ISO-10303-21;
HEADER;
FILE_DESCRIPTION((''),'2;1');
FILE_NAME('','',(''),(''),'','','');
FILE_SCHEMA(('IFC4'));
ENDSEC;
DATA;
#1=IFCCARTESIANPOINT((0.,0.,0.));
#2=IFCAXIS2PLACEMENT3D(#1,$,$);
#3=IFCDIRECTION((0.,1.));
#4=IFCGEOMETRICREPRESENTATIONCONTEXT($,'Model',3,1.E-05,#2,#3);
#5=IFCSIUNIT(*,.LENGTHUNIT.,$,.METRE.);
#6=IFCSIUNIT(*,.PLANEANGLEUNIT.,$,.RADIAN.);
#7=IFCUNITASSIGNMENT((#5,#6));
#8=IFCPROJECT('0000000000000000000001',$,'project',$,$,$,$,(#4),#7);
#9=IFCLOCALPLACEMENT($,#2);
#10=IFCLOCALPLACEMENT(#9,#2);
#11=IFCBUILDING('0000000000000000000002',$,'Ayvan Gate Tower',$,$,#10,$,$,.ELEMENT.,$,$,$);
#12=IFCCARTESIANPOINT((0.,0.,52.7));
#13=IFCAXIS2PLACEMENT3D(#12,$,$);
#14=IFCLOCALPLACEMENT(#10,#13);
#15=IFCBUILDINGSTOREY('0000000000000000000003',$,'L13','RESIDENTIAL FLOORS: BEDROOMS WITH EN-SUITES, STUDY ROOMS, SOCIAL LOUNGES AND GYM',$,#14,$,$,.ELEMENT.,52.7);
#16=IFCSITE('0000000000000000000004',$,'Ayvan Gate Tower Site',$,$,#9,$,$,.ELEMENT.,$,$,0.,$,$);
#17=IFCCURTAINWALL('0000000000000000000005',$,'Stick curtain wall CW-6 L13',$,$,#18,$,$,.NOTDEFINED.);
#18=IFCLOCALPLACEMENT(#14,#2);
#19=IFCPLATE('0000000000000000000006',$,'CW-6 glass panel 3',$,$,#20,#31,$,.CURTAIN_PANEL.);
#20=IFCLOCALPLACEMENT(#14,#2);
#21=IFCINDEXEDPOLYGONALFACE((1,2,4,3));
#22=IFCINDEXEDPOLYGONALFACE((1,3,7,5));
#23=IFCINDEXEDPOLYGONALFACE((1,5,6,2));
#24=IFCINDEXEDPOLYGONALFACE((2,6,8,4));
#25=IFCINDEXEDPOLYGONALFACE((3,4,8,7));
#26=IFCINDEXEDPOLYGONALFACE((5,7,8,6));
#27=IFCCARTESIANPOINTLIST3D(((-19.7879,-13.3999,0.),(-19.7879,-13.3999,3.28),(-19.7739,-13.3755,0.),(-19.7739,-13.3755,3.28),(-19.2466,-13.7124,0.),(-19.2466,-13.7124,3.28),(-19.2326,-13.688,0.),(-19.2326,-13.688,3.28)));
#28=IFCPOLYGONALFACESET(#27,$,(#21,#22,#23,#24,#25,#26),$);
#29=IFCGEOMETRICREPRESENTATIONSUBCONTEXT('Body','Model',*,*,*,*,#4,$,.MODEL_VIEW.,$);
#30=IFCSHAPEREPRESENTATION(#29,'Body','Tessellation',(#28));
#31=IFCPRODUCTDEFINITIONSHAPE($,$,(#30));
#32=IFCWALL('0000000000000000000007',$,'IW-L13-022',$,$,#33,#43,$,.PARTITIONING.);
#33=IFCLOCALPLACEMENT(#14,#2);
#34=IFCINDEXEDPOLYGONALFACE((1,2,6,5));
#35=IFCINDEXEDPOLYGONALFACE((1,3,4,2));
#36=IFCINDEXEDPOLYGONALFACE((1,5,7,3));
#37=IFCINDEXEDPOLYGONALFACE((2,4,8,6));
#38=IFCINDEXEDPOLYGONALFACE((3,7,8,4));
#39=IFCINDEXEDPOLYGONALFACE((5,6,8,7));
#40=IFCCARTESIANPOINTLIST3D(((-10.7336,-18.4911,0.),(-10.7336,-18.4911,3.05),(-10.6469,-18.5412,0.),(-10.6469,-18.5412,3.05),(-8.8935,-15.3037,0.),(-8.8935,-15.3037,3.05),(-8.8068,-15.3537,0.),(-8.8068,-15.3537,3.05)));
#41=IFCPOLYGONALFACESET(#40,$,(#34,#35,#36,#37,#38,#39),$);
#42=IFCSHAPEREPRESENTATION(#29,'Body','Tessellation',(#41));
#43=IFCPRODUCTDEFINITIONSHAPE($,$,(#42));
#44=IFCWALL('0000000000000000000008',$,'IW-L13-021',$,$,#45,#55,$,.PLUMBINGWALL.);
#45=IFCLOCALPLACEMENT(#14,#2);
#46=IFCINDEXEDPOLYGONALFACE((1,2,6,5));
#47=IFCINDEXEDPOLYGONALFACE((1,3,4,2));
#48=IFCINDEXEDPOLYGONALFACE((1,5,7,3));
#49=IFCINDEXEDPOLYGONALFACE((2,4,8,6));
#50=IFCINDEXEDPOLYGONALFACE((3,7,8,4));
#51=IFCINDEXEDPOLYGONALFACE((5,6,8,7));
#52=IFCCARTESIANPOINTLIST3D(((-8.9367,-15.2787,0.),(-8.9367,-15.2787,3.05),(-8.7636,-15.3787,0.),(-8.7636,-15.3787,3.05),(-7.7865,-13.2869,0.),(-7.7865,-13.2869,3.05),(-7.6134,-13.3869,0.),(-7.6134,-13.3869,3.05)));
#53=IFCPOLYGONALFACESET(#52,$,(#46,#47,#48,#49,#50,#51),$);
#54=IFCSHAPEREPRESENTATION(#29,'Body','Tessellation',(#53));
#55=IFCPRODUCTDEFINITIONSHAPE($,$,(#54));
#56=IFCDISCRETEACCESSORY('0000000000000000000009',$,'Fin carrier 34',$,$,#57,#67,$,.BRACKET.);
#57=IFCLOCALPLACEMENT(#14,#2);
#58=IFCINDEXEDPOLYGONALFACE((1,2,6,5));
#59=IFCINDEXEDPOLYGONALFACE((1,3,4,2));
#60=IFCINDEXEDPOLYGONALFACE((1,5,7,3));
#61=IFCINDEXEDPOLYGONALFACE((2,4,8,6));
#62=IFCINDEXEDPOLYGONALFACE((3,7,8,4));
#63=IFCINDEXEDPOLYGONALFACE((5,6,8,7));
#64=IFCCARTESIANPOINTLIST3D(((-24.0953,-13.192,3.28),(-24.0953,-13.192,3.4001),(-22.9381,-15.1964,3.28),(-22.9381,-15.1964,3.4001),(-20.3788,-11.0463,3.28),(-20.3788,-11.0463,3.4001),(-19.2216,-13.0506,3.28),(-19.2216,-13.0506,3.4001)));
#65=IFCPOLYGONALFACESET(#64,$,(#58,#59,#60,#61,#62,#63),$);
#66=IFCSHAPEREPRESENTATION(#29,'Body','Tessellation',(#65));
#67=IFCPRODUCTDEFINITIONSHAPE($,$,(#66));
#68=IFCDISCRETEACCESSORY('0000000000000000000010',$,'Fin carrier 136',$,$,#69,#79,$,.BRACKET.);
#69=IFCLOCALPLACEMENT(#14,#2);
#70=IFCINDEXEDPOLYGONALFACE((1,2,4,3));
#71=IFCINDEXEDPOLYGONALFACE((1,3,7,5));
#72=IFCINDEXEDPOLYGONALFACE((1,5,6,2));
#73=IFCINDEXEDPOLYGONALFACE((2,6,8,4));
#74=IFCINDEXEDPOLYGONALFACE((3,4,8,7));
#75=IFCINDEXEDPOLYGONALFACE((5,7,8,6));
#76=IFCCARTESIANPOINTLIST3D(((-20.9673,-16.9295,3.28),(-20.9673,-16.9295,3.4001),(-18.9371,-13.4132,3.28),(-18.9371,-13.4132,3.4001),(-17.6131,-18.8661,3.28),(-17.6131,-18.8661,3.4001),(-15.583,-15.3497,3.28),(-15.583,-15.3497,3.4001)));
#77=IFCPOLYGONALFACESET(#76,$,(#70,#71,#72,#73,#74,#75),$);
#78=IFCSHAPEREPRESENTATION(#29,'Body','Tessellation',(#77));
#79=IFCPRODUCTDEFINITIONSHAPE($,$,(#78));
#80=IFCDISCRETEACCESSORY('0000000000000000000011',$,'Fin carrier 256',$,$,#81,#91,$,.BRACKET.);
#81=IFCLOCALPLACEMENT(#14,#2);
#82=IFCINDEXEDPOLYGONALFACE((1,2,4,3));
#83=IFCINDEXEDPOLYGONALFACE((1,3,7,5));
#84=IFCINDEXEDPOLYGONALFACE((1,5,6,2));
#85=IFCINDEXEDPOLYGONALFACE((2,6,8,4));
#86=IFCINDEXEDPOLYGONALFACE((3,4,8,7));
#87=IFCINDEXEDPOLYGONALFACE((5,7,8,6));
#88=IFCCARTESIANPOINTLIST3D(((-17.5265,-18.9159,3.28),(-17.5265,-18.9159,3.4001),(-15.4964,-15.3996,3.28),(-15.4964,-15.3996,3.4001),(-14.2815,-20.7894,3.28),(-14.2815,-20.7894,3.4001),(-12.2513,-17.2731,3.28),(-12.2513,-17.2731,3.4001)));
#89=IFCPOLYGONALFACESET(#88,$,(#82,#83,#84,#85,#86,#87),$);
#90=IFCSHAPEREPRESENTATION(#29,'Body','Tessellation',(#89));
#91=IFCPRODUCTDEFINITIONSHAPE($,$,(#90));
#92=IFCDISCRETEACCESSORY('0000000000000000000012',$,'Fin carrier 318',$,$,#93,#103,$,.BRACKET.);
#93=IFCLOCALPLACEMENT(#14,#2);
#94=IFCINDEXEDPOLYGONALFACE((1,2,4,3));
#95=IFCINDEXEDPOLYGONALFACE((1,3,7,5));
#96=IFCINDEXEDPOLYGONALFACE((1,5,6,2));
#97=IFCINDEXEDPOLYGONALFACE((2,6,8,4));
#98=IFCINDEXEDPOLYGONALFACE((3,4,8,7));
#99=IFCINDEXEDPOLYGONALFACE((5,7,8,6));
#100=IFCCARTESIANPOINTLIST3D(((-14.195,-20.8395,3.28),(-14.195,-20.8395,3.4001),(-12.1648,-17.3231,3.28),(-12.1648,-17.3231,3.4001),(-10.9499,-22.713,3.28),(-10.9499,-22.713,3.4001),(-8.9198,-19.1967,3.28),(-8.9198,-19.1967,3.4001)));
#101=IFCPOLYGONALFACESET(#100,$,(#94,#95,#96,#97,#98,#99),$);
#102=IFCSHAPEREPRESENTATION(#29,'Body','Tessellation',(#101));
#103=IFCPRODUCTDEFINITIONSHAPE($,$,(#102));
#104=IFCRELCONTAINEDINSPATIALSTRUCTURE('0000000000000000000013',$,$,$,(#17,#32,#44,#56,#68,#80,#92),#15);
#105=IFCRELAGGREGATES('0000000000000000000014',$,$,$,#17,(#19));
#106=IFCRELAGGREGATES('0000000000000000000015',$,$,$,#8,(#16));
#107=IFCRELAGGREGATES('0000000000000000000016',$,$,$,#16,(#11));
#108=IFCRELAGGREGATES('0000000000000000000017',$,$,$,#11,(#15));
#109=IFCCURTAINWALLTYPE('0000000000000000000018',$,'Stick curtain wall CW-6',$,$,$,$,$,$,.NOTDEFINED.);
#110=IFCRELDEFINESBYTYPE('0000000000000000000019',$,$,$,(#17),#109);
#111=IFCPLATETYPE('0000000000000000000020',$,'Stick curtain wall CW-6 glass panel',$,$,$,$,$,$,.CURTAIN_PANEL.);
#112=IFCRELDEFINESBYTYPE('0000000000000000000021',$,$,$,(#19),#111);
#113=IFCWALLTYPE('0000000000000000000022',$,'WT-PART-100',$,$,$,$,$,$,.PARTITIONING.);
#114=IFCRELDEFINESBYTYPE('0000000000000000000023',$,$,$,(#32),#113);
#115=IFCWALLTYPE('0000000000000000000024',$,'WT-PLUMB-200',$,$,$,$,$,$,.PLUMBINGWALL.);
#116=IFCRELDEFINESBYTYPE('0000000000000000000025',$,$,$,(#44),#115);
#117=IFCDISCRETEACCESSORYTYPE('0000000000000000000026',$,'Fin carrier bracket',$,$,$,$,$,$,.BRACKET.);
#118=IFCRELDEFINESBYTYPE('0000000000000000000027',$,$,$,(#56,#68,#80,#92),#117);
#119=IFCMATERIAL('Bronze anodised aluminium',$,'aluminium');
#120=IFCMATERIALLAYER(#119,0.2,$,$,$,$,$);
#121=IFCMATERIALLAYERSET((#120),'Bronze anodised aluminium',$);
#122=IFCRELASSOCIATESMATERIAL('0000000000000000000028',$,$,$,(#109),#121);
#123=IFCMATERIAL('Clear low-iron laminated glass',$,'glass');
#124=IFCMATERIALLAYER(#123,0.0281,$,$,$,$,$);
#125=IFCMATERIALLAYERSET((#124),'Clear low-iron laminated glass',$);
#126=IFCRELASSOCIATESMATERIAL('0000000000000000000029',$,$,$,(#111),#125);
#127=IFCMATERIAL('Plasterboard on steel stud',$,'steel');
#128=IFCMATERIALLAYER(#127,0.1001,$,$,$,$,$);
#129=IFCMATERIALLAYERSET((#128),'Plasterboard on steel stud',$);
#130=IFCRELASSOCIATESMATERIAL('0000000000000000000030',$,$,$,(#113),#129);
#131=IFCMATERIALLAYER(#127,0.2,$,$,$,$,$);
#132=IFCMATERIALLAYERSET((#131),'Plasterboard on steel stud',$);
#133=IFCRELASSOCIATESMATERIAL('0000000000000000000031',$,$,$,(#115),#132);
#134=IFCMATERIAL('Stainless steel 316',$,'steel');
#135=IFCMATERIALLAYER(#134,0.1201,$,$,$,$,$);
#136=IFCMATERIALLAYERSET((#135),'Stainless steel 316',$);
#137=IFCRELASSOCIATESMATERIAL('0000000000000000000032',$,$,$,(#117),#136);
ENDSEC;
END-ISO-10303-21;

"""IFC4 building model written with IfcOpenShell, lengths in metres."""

from ifc_helpers import new_model, si_unit, direction, frame, frame_2d, origin, origin_2d, place, context, subcontext, project, spatial, rectangle, extrude, material, layer, layer_set, type_object, element, aggregate, save


model = new_model("IFC4")

# Units and contexts
model_context = context("Model", 3, precision=1e-05, world=origin(), true_north=direction((0.0, 1.0)))
body_context = subcontext(model_context, "Body", "Model", "MODEL_VIEW")
ifc_project = project(units=[si_unit("LENGTHUNIT", "METRE"), si_unit("PLANEANGLEUNIT", "RADIAN")], contexts=[model_context])

# Site, building, storey
site_placement = place(None, origin())
site = spatial("IfcSite", under=ifc_project, at=site_placement, Name="Ayvan Gate Tower Site", CompositionType="ELEMENT", RefElevation=0.0)
building_placement = place(site_placement, origin())
building = spatial("IfcBuilding", under=site, at=building_placement, Name="Ayvan Gate Tower", CompositionType="ELEMENT")
storey_placement = place(building_placement, frame((0.0, 0.0, 52.7)))
storey = spatial("IfcBuildingStorey", under=building, at=storey_placement, Name="L13", Description="RESIDENTIAL FLOORS: BEDROOMS WITH EN-SUITES, STUDY ROOMS, SOCIAL LOUNGES AND GYM", CompositionType="ELEMENT", Elevation=52.7)

# Curtain wall
ifc_material_1 = material(Name="Bronze anodised aluminium", Category="aluminium")
ifc_layer_1 = layer(ifc_material_1, 0.2)
ifc_layer_set_1 = layer_set([ifc_layer_1], Name="Bronze anodised aluminium")
curtain_wall_type_1 = type_object("IfcCurtainWallType", Name="Stick curtain wall CW-6", PredefinedType="NOTDEFINED", material=ifc_layer_set_1)
curtain_wall_1_placement = place(storey_placement, origin())
curtain_wall_1 = element("IfcCurtainWall", 1, at=curtain_wall_1_placement, inside=storey, type_object=curtain_wall_type_1, Name="Stick curtain wall CW-6 L13", PredefinedType="NOTDEFINED")

# Plate
ifc_material_2 = material(Name="Clear low-iron laminated glass", Category="glass")
ifc_layer_2 = layer(ifc_material_2, 0.0281)
ifc_layer_set_2 = layer_set([ifc_layer_2], Name="Clear low-iron laminated glass")
plate_type_1 = type_object("IfcPlateType", Name="Stick curtain wall CW-6 glass panel", PredefinedType="CURTAIN_PANEL", material=ifc_layer_set_2)
plate_1_placement = place(storey_placement, frame((-19.5103, -13.5439, 0.0), z_axis=(0.0, 0.0, 1.0), x_axis=(0.866025, -0.5, 0.0)))
plate_1 = element("IfcPlate", 2, at=plate_1_placement, type_object=plate_type_1, Name="CW-6 glass panel 3", PredefinedType="CURTAIN_PANEL", context=body_context, shape_type="SweptSolid", body=[
    extrude(rectangle(XDim=0.625, YDim=0.0281, at=origin_2d()), origin(), (0.0, 0.0, 1.0), 3.28),
])
aggregate(curtain_wall_1, [plate_1])

# Walls
ifc_material_3 = material(Name="Plasterboard on steel stud", Category="steel")
ifc_layer_3 = layer(ifc_material_3, 0.1001)
ifc_layer_set_3 = layer_set([ifc_layer_3], Name="Plasterboard on steel stud")
wall_type_1 = type_object("IfcWallType", Name="WT-PART-100", PredefinedType="PARTITIONING", material=ifc_layer_set_3)
wall_1_placement = place(storey_placement, frame((-8.8501, -15.3286, 0.0), z_axis=(0.0, 0.0, 1.0), x_axis=(-0.499956, -0.866051, 0.0)))
element("IfcWall", 3, at=wall_1_placement, inside=storey, type_object=wall_type_1, Name="IW-L13-022", PredefinedType="PARTITIONING", context=body_context, shape_type="SweptSolid", body=[
    extrude(rectangle(XDim=3.6804, YDim=0.1001, at=frame_2d((1.8403, 0.0))), origin(), (0.0, 0.0, 1.0), 3.05),
])
ifc_layer_4 = layer(ifc_material_3, 0.2)
ifc_layer_set_4 = layer_set([ifc_layer_4], Name="Plasterboard on steel stud")
wall_type_2 = type_object("IfcWallType", Name="WT-PLUMB-200", PredefinedType="PLUMBINGWALL", material=ifc_layer_set_4)
wall_2_placement = place(storey_placement, frame((-8.8501, -15.3286, 0.0), z_axis=(0.0, 0.0, 1.0), x_axis=(0.500078, 0.865981, 0.0)))
element("IfcWall", 4, at=wall_2_placement, inside=storey, type_object=wall_type_2, Name="IW-L13-021", PredefinedType="PLUMBINGWALL", context=body_context, shape_type="SweptSolid", body=[
    extrude(rectangle(XDim=2.3, YDim=0.2, at=frame_2d((1.1499, 0.0))), origin(), (0.0, 0.0, 1.0), 3.05),
])

# Discrete accessories
ifc_material_4 = material(Name="Stainless steel 316", Category="steel")
ifc_layer_5 = layer(ifc_material_4, 0.1201)
ifc_layer_set_5 = layer_set([ifc_layer_5], Name="Stainless steel 316")
discrete_accessory_type = type_object("IfcDiscreteAccessoryType", Name="Fin carrier bracket", PredefinedType="BRACKET", material=ifc_layer_set_5)
discrete_accessory_1_placement = place(storey_placement, frame((-21.6584, -13.1213, 3.28), z_axis=(0.0, 0.0, 1.0), x_axis=(0.5, -0.866025, 0.0)))
element("IfcDiscreteAccessory", 5, at=discrete_accessory_1_placement, inside=storey, type_object=discrete_accessory_type, Name="Fin carrier 34", PredefinedType="BRACKET", context=body_context, shape_type="SweptSolid", body=[
    extrude(rectangle(XDim=2.3145, YDim=4.2915, at=origin_2d()), origin(), (0.0, 0.0, 1.0), 0.1201),
])
discrete_accessory_2_placement = place(storey_placement, frame((-18.2751, -16.1396, 3.28), z_axis=(0.0, 0.0, 1.0), x_axis=(0.866025, -0.5, 0.0)))
element("IfcDiscreteAccessory", 6, at=discrete_accessory_2_placement, inside=storey, type_object=discrete_accessory_type, Name="Fin carrier 136", PredefinedType="BRACKET", context=body_context, shape_type="SweptSolid", body=[
    extrude(rectangle(XDim=3.873, YDim=4.0603, at=origin_2d()), origin(), (0.0, 0.0, 1.0), 0.1201),
])
for number, where, z_axis, x_axis, name in (
    (7, (-14.8889, -18.0945, 3.28), (0.0, 0.0, 1.0), (0.866025, -0.5, 0.0), "Fin carrier 256"),
    (8, (-11.5574, -20.0181, 3.28), (0.0, 0.0, 1.0), (0.866025, -0.5, 0.0), "Fin carrier 318"),
):
    element("IfcDiscreteAccessory", number, at=place(storey_placement, frame(where, z_axis=z_axis, x_axis=x_axis)), inside=storey, type_object=discrete_accessory_type, Name=name, PredefinedType="BRACKET", context=body_context, shape_type="SweptSolid", body=[
        extrude(rectangle(XDim=3.7471, YDim=4.0603, at=origin_2d()), origin(), (0.0, 0.0, 1.0), 0.1201),
    ])

save(model, "model.ifc")
